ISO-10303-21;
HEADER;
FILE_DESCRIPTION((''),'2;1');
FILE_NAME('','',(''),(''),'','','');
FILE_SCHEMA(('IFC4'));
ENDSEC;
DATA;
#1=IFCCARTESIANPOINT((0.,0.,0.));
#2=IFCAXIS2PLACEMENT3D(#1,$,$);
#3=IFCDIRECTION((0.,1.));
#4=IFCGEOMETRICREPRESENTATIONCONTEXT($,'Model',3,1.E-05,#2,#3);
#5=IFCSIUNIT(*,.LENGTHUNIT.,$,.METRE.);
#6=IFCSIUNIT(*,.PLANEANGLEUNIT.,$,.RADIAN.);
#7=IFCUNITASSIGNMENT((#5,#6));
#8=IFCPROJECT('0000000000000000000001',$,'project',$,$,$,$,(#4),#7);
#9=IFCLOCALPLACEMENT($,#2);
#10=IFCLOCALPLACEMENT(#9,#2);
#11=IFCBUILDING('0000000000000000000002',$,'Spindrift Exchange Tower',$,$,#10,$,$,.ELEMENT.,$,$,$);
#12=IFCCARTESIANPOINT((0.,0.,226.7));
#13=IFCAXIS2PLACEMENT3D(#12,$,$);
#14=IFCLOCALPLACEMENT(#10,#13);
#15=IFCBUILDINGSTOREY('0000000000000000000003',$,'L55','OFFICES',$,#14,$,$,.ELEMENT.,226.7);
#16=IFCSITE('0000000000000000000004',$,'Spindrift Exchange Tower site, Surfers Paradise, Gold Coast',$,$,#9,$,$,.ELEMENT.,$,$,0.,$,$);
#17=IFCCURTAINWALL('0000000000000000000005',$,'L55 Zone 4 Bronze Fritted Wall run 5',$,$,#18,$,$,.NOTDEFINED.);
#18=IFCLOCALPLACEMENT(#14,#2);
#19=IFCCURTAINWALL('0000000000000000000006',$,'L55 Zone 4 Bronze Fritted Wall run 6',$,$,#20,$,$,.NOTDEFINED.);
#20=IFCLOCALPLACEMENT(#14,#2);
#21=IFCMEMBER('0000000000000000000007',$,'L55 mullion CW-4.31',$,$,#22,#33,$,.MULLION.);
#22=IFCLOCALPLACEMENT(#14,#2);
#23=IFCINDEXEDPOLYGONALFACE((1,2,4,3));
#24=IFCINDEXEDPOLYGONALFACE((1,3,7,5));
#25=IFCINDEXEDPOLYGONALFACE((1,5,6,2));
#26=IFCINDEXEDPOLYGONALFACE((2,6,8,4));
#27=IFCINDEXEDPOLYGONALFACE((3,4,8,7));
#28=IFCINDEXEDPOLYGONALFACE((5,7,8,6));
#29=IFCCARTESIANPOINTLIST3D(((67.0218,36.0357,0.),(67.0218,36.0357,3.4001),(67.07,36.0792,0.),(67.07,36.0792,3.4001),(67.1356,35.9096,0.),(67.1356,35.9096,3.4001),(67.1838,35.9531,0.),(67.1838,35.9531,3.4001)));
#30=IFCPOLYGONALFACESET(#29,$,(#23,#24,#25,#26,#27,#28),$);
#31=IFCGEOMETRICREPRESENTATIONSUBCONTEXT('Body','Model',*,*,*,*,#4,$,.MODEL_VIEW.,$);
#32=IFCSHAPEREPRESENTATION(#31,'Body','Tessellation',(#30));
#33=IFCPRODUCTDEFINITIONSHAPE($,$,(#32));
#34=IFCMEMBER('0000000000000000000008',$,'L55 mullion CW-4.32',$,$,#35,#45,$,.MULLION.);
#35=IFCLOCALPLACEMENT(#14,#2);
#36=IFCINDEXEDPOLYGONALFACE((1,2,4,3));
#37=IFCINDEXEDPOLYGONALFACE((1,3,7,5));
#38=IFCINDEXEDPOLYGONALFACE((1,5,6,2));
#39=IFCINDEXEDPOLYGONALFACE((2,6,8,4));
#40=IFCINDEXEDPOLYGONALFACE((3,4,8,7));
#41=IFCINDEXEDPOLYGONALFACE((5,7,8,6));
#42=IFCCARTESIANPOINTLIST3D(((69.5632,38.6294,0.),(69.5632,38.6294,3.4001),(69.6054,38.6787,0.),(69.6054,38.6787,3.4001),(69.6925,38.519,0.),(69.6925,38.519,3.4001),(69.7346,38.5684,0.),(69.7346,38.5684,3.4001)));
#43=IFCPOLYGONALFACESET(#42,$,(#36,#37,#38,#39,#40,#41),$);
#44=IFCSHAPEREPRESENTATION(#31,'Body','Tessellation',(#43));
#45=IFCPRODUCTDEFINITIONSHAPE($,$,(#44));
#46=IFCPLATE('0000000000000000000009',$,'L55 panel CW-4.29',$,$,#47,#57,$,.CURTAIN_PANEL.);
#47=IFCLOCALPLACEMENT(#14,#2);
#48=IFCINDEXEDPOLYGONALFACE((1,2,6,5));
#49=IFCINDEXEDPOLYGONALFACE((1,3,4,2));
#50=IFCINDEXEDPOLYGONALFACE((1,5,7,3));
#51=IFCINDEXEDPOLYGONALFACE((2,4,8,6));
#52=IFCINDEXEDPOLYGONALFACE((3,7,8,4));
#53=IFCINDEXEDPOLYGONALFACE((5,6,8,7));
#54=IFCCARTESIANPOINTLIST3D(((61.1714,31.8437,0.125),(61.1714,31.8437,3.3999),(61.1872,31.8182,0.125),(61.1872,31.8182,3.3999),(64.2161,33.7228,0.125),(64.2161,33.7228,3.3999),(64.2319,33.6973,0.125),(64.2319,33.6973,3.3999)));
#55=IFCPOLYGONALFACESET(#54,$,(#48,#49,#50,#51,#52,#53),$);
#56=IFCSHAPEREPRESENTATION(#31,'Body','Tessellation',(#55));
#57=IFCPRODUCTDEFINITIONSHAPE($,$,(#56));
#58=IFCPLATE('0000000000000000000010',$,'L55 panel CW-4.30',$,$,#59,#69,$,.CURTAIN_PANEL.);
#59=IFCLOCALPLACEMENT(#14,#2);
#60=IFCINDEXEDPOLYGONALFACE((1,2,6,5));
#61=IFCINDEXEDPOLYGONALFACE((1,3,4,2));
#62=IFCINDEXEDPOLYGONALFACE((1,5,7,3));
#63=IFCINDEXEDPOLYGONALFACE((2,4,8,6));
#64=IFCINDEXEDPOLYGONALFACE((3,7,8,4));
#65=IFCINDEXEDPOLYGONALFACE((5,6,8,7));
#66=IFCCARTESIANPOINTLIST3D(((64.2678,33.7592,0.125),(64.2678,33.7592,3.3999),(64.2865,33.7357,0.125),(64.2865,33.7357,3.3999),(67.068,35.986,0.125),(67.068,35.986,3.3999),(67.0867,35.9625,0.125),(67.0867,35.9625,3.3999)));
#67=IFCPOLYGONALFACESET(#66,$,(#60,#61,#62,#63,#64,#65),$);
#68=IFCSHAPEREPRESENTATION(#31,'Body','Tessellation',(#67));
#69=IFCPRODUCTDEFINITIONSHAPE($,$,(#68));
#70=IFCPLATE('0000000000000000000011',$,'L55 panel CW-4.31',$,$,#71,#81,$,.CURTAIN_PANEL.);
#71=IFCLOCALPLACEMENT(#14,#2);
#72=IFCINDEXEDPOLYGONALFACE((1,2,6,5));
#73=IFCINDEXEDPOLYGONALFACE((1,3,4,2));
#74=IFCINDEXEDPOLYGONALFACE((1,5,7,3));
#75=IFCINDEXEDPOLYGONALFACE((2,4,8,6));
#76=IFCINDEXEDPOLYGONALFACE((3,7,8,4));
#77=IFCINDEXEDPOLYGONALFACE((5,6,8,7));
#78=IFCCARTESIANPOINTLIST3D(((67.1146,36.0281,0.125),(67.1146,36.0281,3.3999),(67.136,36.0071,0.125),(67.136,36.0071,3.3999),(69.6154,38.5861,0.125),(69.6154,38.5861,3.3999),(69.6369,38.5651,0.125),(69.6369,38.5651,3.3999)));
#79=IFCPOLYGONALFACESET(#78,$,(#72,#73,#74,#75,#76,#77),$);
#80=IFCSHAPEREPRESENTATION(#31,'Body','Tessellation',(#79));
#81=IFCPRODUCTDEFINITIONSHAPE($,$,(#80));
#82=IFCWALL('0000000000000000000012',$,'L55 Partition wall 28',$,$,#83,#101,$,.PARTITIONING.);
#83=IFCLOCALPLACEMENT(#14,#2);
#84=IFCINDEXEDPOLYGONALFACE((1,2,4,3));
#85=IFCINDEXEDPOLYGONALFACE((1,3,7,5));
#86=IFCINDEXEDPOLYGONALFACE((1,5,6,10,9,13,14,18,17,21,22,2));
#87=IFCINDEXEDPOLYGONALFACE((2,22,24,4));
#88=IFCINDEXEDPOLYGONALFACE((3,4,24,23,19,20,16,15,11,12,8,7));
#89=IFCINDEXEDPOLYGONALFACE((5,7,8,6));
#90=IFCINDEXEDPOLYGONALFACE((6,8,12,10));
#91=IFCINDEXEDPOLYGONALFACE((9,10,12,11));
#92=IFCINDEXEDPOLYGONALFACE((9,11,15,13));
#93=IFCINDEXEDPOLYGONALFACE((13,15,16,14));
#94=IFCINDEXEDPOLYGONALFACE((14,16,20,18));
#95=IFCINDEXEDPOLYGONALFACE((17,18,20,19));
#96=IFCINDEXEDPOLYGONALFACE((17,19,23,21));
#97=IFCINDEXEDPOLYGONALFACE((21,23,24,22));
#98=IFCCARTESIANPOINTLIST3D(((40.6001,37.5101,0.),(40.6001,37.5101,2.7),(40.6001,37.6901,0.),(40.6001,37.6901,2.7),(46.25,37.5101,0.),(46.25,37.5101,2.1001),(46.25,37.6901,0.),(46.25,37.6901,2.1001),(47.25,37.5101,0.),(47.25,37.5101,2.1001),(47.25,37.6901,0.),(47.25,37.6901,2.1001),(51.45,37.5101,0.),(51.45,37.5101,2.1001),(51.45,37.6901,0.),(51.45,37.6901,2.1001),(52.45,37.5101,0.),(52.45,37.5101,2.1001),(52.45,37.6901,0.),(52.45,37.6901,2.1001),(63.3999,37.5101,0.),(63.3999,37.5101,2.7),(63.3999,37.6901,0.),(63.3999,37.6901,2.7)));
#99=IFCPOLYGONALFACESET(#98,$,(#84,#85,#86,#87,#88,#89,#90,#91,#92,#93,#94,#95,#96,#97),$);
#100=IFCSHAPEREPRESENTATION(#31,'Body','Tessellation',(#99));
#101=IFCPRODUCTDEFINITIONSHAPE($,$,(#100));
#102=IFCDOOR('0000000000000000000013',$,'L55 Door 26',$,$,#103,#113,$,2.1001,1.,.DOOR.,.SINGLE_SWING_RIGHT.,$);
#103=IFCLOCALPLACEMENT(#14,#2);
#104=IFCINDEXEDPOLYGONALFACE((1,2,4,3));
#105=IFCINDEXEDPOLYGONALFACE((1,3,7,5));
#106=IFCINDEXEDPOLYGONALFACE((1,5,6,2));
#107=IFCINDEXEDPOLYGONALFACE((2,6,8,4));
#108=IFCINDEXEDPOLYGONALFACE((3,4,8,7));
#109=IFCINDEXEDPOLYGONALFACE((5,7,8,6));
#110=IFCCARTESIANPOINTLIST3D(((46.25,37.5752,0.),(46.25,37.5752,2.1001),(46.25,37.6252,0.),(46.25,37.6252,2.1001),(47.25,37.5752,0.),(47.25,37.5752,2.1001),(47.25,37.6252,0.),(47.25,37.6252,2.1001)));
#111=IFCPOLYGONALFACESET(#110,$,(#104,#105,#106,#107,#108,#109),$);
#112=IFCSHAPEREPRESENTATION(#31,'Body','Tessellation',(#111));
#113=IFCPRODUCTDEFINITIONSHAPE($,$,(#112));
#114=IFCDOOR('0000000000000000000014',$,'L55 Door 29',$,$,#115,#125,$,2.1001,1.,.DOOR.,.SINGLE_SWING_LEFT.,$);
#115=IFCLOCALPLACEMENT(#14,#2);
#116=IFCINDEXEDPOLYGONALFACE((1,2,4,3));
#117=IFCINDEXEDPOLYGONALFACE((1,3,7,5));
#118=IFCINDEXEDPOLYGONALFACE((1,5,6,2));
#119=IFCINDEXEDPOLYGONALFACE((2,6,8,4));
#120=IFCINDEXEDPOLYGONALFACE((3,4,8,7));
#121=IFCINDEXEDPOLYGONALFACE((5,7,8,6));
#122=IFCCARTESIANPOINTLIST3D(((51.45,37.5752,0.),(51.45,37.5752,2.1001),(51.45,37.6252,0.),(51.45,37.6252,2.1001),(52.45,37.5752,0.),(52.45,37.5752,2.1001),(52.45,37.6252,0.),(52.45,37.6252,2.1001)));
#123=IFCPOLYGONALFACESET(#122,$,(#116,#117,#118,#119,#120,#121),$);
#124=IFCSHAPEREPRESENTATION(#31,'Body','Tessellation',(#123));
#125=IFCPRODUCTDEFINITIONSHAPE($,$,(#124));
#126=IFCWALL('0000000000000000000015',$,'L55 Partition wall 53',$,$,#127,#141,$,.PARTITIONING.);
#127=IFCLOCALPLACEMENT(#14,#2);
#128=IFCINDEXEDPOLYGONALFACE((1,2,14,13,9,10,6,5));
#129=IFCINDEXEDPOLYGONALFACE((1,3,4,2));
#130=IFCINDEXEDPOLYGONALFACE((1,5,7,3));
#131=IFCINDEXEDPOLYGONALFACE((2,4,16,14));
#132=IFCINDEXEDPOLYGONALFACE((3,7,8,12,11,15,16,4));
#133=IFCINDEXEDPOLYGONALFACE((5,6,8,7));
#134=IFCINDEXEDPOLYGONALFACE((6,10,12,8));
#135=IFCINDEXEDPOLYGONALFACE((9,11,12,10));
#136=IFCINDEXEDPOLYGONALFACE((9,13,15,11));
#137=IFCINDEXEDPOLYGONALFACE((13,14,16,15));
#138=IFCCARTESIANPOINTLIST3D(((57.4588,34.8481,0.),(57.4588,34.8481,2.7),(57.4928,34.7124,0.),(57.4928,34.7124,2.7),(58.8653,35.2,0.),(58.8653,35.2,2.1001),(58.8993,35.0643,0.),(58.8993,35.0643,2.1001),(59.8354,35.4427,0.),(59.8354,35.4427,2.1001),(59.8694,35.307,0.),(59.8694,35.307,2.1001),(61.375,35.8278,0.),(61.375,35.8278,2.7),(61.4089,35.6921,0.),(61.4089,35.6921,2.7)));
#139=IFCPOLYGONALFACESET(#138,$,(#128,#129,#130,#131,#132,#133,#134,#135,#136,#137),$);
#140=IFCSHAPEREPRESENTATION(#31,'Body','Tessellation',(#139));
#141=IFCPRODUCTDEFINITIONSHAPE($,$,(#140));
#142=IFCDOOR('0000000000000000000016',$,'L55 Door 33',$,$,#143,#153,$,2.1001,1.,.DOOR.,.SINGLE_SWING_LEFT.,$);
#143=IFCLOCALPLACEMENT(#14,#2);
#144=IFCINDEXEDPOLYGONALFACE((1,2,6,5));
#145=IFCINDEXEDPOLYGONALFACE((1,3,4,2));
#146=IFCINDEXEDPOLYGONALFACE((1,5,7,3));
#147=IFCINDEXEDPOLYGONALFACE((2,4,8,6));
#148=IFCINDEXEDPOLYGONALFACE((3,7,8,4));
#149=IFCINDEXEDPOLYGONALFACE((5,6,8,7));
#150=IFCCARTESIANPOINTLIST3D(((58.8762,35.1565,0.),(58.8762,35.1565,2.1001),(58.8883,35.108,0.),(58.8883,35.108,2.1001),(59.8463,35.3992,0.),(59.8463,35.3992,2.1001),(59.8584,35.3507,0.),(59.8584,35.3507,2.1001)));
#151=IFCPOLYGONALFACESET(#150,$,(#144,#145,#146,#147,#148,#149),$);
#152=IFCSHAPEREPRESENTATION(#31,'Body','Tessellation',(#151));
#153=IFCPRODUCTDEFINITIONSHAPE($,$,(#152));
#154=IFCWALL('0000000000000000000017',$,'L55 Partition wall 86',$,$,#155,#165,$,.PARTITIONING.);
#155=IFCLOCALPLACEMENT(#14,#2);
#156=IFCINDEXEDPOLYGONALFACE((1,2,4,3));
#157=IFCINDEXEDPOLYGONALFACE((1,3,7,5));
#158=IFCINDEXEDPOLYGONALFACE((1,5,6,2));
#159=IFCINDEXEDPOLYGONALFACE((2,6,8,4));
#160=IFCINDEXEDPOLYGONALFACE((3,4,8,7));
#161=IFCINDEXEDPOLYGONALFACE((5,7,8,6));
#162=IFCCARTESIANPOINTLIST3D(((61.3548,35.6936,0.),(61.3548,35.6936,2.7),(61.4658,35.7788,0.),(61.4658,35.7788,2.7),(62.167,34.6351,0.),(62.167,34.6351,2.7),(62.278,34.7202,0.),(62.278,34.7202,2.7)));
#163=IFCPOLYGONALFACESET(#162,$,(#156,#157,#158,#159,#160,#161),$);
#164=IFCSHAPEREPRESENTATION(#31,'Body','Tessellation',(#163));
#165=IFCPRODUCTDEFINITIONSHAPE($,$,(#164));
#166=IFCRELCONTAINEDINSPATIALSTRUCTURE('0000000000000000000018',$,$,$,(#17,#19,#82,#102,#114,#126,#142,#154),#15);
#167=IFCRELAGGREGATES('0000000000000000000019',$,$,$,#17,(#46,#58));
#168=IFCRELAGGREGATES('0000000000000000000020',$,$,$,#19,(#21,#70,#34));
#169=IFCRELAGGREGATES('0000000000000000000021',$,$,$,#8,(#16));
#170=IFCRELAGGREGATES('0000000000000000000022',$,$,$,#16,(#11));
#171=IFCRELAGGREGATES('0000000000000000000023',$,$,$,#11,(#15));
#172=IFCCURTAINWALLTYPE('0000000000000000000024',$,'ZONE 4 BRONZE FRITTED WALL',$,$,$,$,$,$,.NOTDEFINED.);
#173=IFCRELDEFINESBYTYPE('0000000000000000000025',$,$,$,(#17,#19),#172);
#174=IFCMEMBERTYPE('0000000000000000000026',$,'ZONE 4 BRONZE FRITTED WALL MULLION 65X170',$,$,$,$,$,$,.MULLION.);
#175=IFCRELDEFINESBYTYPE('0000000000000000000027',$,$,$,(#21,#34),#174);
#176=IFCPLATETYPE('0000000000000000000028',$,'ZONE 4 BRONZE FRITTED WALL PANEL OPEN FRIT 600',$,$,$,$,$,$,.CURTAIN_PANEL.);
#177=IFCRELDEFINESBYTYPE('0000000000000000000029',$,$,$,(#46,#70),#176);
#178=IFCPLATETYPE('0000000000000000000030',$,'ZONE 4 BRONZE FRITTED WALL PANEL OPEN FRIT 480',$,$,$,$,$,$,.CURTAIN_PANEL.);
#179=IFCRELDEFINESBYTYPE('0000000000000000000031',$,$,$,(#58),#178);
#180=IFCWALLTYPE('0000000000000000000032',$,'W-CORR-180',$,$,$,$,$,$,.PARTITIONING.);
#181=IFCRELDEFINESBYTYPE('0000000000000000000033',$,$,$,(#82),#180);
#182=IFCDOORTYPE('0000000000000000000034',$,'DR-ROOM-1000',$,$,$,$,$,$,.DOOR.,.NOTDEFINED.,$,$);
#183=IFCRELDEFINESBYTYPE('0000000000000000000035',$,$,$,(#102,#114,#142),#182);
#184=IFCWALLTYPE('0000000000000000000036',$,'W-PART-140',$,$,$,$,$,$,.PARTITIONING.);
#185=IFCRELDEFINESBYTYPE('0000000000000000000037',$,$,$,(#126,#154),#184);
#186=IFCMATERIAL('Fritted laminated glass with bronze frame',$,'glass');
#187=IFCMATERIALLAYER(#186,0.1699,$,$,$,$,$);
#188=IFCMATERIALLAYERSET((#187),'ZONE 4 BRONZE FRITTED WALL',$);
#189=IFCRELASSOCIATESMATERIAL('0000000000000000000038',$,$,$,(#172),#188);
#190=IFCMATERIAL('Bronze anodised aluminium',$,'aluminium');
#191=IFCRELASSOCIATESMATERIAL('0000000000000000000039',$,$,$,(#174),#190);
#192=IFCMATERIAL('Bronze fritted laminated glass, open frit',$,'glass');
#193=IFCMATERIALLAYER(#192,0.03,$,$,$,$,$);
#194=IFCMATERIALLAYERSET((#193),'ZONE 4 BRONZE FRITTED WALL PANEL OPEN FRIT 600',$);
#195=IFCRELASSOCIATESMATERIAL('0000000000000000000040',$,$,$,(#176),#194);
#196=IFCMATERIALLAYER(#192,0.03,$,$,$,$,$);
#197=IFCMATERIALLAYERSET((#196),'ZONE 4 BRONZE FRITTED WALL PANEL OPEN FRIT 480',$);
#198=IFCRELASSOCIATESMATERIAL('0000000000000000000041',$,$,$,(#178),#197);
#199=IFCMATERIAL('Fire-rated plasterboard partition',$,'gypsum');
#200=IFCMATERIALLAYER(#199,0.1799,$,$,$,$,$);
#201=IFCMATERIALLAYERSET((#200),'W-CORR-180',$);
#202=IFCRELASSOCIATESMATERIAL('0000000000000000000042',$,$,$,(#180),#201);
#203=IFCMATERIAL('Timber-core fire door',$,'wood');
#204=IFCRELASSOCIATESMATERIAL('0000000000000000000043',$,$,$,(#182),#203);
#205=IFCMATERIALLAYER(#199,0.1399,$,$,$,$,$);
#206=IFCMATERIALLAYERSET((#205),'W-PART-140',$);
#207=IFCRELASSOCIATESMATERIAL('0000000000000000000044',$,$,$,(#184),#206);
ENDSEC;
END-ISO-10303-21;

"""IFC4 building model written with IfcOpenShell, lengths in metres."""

from ifc_helpers import new_model, si_unit, direction, frame, frame_2d, origin, origin_2d, place, context, subcontext, project, spatial, rectangle, extrude, source, transform, mapped, material, layer, layer_set, material_profile, profile_set, type_object, element, fill, aggregate, save


model = new_model("IFC4")

# Units and contexts
model_context = context("Model", 3, precision=1e-05, world=origin(), true_north=direction((0.0, 1.0)))
body_context = subcontext(model_context, "Body", "Model", "MODEL_VIEW")
ifc_project = project(units=[si_unit("LENGTHUNIT", "METRE"), si_unit("PLANEANGLEUNIT", "RADIAN")], contexts=[model_context])

# Site, building, storey
site_placement = place(None, origin())
site = spatial("IfcSite", under=ifc_project, at=site_placement, Name="Spindrift Exchange Tower site, Surfers Paradise, Gold Coast", CompositionType="ELEMENT", RefElevation=0.0)
building_placement = place(site_placement, origin())
building = spatial("IfcBuilding", under=site, at=building_placement, Name="Spindrift Exchange Tower", CompositionType="ELEMENT")
storey_placement = place(building_placement, frame((0.0, 0.0, 226.7)))
storey = spatial("IfcBuildingStorey", under=building, at=storey_placement, Name="L55", Description="OFFICES", CompositionType="ELEMENT", Elevation=226.7)

# Curtain walls
ifc_material_1 = material(Name="Fritted laminated glass with bronze frame", Category="glass")
ifc_layer_1 = layer(ifc_material_1, 0.1699)
ifc_layer_set_1 = layer_set([ifc_layer_1], Name="ZONE 4 BRONZE FRITTED WALL")
curtain_wall_type = type_object("IfcCurtainWallType", Name="ZONE 4 BRONZE FRITTED WALL", PredefinedType="NOTDEFINED", material=ifc_layer_set_1)
curtain_wall_1_placement = place(storey_placement, origin())
curtain_wall_1 = element("IfcCurtainWall", 1, at=curtain_wall_1_placement, inside=storey, type_object=curtain_wall_type, Name="L55 Zone 4 Bronze Fritted Wall run 5", PredefinedType="NOTDEFINED")
ifc_material_2 = material(Name="Bronze anodised aluminium", Category="aluminium")
curtain_wall_2_placement = place(storey_placement, origin())
curtain_wall_2 = element("IfcCurtainWall", 2, at=curtain_wall_2_placement, inside=storey, type_object=curtain_wall_type, Name="L55 Zone 4 Bronze Fritted Wall run 6", PredefinedType="NOTDEFINED")

# Members
ifc_material_profile_1 = material_profile(ifc_material_2, rectangle(XDim=0.0649, YDim=0.1699, at=origin_2d()), Name="ZONE 4 BRONZE FRITTED WALL MULLION 65X170")
ifc_profile_set_1 = profile_set([ifc_material_profile_1], Name="Bronze anodised aluminium")
member_type_1 = type_object("IfcMemberType", Name="ZONE 4 BRONZE FRITTED WALL MULLION 65X170", PredefinedType="MULLION", material=ifc_profile_set_1)
shared_shape_1 = source(origin(), body_context, "Body", "SweptSolid", [
    extrude(rectangle(XDim=0.0649, YDim=0.1699, at=origin_2d()), origin(), (0.0, 0.0, 1.0), 3.4001),
])
member_1_placement = place(storey_placement, frame((67.1028, 35.9944, 0.0), z_axis=(0.0, 0.0, 1.0), x_axis=(0.742326, 0.670039, 0.0)))
member_1 = element("IfcMember", 3, at=member_1_placement, type_object=member_type_1, Name="L55 mullion CW-4.31", PredefinedType="MULLION", context=body_context, shape_type="MappedRepresentation", body=[
    mapped(shared_shape_1, transform((0.0, 0.0, 0.0), scale=1.0)),
])
member_2_placement = place(storey_placement, frame((69.6489, 38.5989, 0.0), z_axis=(0.0, 0.0, 1.0), x_axis=(0.649327, 0.760509, 0.0)))
member_2 = element("IfcMember", 4, at=member_2_placement, type_object=member_type_1, Name="L55 mullion CW-4.32", PredefinedType="MULLION", context=body_context, shape_type="MappedRepresentation", body=[
    mapped(shared_shape_1, transform((0.0, 0.0, 0.0), scale=1.0)),
])

# Plates
ifc_material_3 = material(Name="Bronze fritted laminated glass, open frit", Category="glass")
ifc_layer_2 = layer(ifc_material_3, 0.03)
ifc_layer_set_2 = layer_set([ifc_layer_2], Name="ZONE 4 BRONZE FRITTED WALL PANEL OPEN FRIT 600")
plate_type_1 = type_object("IfcPlateType", Name="ZONE 4 BRONZE FRITTED WALL PANEL OPEN FRIT 600", PredefinedType="CURTAIN_PANEL", material=ifc_layer_set_2)
shared_shape_2 = source(origin(), body_context, "Body", "SweptSolid", [
    extrude(rectangle(XDim=3.5779, YDim=0.03, at=origin_2d()), origin(), (0.0, 0.0, 1.0), 3.2749),
])
plate_1_placement = place(storey_placement, frame((62.7017, 32.7705, 0.125), z_axis=(0.0, 0.0, 1.0), x_axis=(0.850983, 0.525194, 0.0)))
plate_1 = element("IfcPlate", 5, at=plate_1_placement, type_object=plate_type_1, Name="L55 panel CW-4.29", PredefinedType="CURTAIN_PANEL", context=body_context, shape_type="MappedRepresentation", body=[
    mapped(shared_shape_2, transform((0.0, 0.0, 0.0), scale=1.0)),
])
ifc_layer_3 = layer(ifc_material_3, 0.03)
ifc_layer_set_3 = layer_set([ifc_layer_3], Name="ZONE 4 BRONZE FRITTED WALL PANEL OPEN FRIT 480")
plate_type_2 = type_object("IfcPlateType", Name="ZONE 4 BRONZE FRITTED WALL PANEL OPEN FRIT 480", PredefinedType="CURTAIN_PANEL", material=ifc_layer_set_3)
shared_shape_3 = source(origin(), body_context, "Body", "SweptSolid", [
    extrude(rectangle(XDim=3.5776, YDim=0.03, at=origin_2d()), origin(), (0.0, 0.0, 1.0), 3.2749),
])
plate_2_placement = place(storey_placement, frame((65.6772, 34.8608, 0.125), z_axis=(0.0, 0.0, 1.0), x_axis=(0.782686, 0.622416, 0.0)))
plate_2 = element("IfcPlate", 6, at=plate_2_placement, type_object=plate_type_2, Name="L55 panel CW-4.30", PredefinedType="CURTAIN_PANEL", context=body_context, shape_type="MappedRepresentation", body=[
    mapped(shared_shape_3, transform((0.0, 0.0, 0.0), scale=1.0)),
])
aggregate(curtain_wall_1, [plate_1, plate_2])
shared_shape_4 = source(origin(), body_context, "Body", "SweptSolid", [
    extrude(rectangle(XDim=3.5774, YDim=0.03, at=origin_2d()), origin(), (0.0, 0.0, 1.0), 3.2749),
])
plate_3_placement = place(storey_placement, frame((68.3757, 37.2966, 0.125), z_axis=(0.0, 0.0, 1.0), x_axis=(0.699072, 0.715051, 0.0)))
plate_3 = element("IfcPlate", 7, at=plate_3_placement, type_object=plate_type_1, Name="L55 panel CW-4.31", PredefinedType="CURTAIN_PANEL", context=body_context, shape_type="MappedRepresentation", body=[
    mapped(shared_shape_4, transform((0.0, 0.0, 0.0), scale=1.0)),
])
aggregate(curtain_wall_2, [member_1, plate_3, member_2])

# Wall, openings, doors
ifc_material_4 = material(Name="Fire-rated plasterboard partition", Category="gypsum")
ifc_layer_4 = layer(ifc_material_4, 0.1799)
ifc_layer_set_4 = layer_set([ifc_layer_4], Name="W-CORR-180")
wall_type_1 = type_object("IfcWallType", Name="W-CORR-180", PredefinedType="PARTITIONING", material=ifc_layer_set_4)
wall_1_placement = place(storey_placement, frame((63.3999, 37.6001, 0.0), z_axis=(0.0, 0.0, 1.0), x_axis=(-1.0, 0.0, 0.0)))
wall_1 = element("IfcWall", 8, at=wall_1_placement, inside=storey, type_object=wall_type_1, Name="L55 Partition wall 28", PredefinedType="PARTITIONING", context=body_context, shape_type="SweptSolid", body=[
    extrude(rectangle(XDim=22.7998, YDim=0.1799, at=frame_2d((11.3999, 0.0))), origin(), (0.0, 0.0, 1.0), 2.7),
])
opening_1_placement = place(wall_1_placement, frame((16.1499, 0.0, 0.0)))
opening_1 = element("IfcOpeningElement", 9, at=opening_1_placement, cuts=wall_1, PredefinedType="OPENING", context=body_context, shape_type="SweptSolid", body=[
    extrude(rectangle(XDim=1.0, YDim=2.1001, at=frame_2d((0.5, 1.05))), frame((0.0, 0.0999, 0.0), z_axis=(0.0, -1.0, 0.0), x_axis=(1.0, 0.0, 0.0)), (0.0, 0.0, 1.0), 0.2),
])
opening_2_placement = place(wall_1_placement, frame((10.95, 0.0, 0.0)))
opening_2 = element("IfcOpeningElement", 10, at=opening_2_placement, cuts=wall_1, PredefinedType="OPENING", context=body_context, shape_type="SweptSolid", body=[
    extrude(rectangle(XDim=1.0, YDim=2.1001, at=frame_2d((0.5, 1.05))), frame((0.0, 0.0999, 0.0), z_axis=(0.0, -1.0, 0.0), x_axis=(1.0, 0.0, 0.0)), (0.0, 0.0, 1.0), 0.2),
])
ifc_material_5 = material(Name="Timber-core fire door", Category="wood")
door_type = type_object("IfcDoorType", Name="DR-ROOM-1000", OperationType="NOTDEFINED", PredefinedType="DOOR", material=ifc_material_5)
shared_shape_5 = source(origin(), body_context, "Body", "SweptSolid", [
    extrude(rectangle(XDim=1.0, YDim=2.1001, at=frame_2d((0.5, 1.05))), frame((0.0, 0.0249, 0.0), z_axis=(0.0, -1.0, 0.0), x_axis=(1.0, 0.0, 0.0)), (0.0, 0.0, 1.0), 0.05),
])
door_1_placement = place(opening_1_placement, origin())
door_1 = element("IfcDoor", 11, at=door_1_placement, inside=storey, type_object=door_type, Name="L55 Door 26", OperationType="SINGLE_SWING_RIGHT", OverallHeight=2.1001, OverallWidth=1.0, PredefinedType="DOOR", context=body_context, shape_type="MappedRepresentation", body=[
    mapped(shared_shape_5, transform((0.0, 0.0, 0.0), scale=1.0)),
])
fill(opening_1, door_1)
door_2_placement = place(opening_2_placement, origin())
door_2 = element("IfcDoor", 12, at=door_2_placement, inside=storey, type_object=door_type, Name="L55 Door 29", OperationType="SINGLE_SWING_LEFT", OverallHeight=2.1001, OverallWidth=1.0, PredefinedType="DOOR", context=body_context, shape_type="MappedRepresentation", body=[
    mapped(shared_shape_5, transform((0.0, 0.0, 0.0), scale=1.0)),
])
fill(opening_2, door_2)

# Wall, opening, door
ifc_layer_5 = layer(ifc_material_4, 0.1399)
ifc_layer_set_5 = layer_set([ifc_layer_5], Name="W-PART-140")
wall_type_2 = type_object("IfcWallType", Name="W-PART-140", PredefinedType="PARTITIONING", material=ifc_layer_set_5)
wall_2_placement = place(storey_placement, frame((61.3921, 35.76, 0.0), z_axis=(0.0, 0.0, 1.0), x_axis=(-0.970103, -0.242692, 0.0)))
wall_2 = element("IfcWall", 13, at=wall_2_placement, inside=storey, type_object=wall_type_2, Name="L55 Partition wall 53", PredefinedType="PARTITIONING", context=body_context, shape_type="SweptSolid", body=[
    extrude(rectangle(XDim=4.0369, YDim=0.1399, at=frame_2d((2.0186, 0.0))), origin(), (0.0, 0.0, 1.0), 2.7),
])
opening_3_placement = place(wall_2_placement, frame((1.5872, 0.0, 0.0)))
opening_3 = element("IfcOpeningElement", 14, at=opening_3_placement, cuts=wall_2, PredefinedType="OPENING", context=body_context, shape_type="SweptSolid", body=[
    extrude(rectangle(XDim=1.0, YDim=2.1001, at=frame_2d((0.5, 1.05))), frame((0.0, 0.0798, 0.0), z_axis=(0.0, -1.0, 0.0), x_axis=(1.0, 0.0, 0.0)), (0.0, 0.0, 1.0), 0.1599),
])
door_3_placement = place(opening_3_placement, origin())
door_3 = element("IfcDoor", 15, at=door_3_placement, inside=storey, type_object=door_type, Name="L55 Door 33", OperationType="SINGLE_SWING_LEFT", OverallHeight=2.1001, OverallWidth=1.0, PredefinedType="DOOR", context=body_context, shape_type="MappedRepresentation", body=[
    mapped(shared_shape_5, transform((0.0, 0.0, 0.0), scale=1.0)),
])
fill(opening_3, door_3)

# Wall
wall_3_placement = place(storey_placement, frame((61.4104, 35.7361, 0.0), z_axis=(0.0, 0.0, 1.0), x_axis=(0.608746, -0.793365, 0.0)))
element("IfcWall", 16, at=wall_3_placement, inside=storey, type_object=wall_type_2, Name="L55 Partition wall 86", PredefinedType="PARTITIONING", context=body_context, shape_type="SweptSolid", body=[
    extrude(rectangle(XDim=1.3342, YDim=0.1399, at=frame_2d((0.667, 0.0))), origin(), (0.0, 0.0, 1.0), 2.7),
])

save(model, "model.ifc")
